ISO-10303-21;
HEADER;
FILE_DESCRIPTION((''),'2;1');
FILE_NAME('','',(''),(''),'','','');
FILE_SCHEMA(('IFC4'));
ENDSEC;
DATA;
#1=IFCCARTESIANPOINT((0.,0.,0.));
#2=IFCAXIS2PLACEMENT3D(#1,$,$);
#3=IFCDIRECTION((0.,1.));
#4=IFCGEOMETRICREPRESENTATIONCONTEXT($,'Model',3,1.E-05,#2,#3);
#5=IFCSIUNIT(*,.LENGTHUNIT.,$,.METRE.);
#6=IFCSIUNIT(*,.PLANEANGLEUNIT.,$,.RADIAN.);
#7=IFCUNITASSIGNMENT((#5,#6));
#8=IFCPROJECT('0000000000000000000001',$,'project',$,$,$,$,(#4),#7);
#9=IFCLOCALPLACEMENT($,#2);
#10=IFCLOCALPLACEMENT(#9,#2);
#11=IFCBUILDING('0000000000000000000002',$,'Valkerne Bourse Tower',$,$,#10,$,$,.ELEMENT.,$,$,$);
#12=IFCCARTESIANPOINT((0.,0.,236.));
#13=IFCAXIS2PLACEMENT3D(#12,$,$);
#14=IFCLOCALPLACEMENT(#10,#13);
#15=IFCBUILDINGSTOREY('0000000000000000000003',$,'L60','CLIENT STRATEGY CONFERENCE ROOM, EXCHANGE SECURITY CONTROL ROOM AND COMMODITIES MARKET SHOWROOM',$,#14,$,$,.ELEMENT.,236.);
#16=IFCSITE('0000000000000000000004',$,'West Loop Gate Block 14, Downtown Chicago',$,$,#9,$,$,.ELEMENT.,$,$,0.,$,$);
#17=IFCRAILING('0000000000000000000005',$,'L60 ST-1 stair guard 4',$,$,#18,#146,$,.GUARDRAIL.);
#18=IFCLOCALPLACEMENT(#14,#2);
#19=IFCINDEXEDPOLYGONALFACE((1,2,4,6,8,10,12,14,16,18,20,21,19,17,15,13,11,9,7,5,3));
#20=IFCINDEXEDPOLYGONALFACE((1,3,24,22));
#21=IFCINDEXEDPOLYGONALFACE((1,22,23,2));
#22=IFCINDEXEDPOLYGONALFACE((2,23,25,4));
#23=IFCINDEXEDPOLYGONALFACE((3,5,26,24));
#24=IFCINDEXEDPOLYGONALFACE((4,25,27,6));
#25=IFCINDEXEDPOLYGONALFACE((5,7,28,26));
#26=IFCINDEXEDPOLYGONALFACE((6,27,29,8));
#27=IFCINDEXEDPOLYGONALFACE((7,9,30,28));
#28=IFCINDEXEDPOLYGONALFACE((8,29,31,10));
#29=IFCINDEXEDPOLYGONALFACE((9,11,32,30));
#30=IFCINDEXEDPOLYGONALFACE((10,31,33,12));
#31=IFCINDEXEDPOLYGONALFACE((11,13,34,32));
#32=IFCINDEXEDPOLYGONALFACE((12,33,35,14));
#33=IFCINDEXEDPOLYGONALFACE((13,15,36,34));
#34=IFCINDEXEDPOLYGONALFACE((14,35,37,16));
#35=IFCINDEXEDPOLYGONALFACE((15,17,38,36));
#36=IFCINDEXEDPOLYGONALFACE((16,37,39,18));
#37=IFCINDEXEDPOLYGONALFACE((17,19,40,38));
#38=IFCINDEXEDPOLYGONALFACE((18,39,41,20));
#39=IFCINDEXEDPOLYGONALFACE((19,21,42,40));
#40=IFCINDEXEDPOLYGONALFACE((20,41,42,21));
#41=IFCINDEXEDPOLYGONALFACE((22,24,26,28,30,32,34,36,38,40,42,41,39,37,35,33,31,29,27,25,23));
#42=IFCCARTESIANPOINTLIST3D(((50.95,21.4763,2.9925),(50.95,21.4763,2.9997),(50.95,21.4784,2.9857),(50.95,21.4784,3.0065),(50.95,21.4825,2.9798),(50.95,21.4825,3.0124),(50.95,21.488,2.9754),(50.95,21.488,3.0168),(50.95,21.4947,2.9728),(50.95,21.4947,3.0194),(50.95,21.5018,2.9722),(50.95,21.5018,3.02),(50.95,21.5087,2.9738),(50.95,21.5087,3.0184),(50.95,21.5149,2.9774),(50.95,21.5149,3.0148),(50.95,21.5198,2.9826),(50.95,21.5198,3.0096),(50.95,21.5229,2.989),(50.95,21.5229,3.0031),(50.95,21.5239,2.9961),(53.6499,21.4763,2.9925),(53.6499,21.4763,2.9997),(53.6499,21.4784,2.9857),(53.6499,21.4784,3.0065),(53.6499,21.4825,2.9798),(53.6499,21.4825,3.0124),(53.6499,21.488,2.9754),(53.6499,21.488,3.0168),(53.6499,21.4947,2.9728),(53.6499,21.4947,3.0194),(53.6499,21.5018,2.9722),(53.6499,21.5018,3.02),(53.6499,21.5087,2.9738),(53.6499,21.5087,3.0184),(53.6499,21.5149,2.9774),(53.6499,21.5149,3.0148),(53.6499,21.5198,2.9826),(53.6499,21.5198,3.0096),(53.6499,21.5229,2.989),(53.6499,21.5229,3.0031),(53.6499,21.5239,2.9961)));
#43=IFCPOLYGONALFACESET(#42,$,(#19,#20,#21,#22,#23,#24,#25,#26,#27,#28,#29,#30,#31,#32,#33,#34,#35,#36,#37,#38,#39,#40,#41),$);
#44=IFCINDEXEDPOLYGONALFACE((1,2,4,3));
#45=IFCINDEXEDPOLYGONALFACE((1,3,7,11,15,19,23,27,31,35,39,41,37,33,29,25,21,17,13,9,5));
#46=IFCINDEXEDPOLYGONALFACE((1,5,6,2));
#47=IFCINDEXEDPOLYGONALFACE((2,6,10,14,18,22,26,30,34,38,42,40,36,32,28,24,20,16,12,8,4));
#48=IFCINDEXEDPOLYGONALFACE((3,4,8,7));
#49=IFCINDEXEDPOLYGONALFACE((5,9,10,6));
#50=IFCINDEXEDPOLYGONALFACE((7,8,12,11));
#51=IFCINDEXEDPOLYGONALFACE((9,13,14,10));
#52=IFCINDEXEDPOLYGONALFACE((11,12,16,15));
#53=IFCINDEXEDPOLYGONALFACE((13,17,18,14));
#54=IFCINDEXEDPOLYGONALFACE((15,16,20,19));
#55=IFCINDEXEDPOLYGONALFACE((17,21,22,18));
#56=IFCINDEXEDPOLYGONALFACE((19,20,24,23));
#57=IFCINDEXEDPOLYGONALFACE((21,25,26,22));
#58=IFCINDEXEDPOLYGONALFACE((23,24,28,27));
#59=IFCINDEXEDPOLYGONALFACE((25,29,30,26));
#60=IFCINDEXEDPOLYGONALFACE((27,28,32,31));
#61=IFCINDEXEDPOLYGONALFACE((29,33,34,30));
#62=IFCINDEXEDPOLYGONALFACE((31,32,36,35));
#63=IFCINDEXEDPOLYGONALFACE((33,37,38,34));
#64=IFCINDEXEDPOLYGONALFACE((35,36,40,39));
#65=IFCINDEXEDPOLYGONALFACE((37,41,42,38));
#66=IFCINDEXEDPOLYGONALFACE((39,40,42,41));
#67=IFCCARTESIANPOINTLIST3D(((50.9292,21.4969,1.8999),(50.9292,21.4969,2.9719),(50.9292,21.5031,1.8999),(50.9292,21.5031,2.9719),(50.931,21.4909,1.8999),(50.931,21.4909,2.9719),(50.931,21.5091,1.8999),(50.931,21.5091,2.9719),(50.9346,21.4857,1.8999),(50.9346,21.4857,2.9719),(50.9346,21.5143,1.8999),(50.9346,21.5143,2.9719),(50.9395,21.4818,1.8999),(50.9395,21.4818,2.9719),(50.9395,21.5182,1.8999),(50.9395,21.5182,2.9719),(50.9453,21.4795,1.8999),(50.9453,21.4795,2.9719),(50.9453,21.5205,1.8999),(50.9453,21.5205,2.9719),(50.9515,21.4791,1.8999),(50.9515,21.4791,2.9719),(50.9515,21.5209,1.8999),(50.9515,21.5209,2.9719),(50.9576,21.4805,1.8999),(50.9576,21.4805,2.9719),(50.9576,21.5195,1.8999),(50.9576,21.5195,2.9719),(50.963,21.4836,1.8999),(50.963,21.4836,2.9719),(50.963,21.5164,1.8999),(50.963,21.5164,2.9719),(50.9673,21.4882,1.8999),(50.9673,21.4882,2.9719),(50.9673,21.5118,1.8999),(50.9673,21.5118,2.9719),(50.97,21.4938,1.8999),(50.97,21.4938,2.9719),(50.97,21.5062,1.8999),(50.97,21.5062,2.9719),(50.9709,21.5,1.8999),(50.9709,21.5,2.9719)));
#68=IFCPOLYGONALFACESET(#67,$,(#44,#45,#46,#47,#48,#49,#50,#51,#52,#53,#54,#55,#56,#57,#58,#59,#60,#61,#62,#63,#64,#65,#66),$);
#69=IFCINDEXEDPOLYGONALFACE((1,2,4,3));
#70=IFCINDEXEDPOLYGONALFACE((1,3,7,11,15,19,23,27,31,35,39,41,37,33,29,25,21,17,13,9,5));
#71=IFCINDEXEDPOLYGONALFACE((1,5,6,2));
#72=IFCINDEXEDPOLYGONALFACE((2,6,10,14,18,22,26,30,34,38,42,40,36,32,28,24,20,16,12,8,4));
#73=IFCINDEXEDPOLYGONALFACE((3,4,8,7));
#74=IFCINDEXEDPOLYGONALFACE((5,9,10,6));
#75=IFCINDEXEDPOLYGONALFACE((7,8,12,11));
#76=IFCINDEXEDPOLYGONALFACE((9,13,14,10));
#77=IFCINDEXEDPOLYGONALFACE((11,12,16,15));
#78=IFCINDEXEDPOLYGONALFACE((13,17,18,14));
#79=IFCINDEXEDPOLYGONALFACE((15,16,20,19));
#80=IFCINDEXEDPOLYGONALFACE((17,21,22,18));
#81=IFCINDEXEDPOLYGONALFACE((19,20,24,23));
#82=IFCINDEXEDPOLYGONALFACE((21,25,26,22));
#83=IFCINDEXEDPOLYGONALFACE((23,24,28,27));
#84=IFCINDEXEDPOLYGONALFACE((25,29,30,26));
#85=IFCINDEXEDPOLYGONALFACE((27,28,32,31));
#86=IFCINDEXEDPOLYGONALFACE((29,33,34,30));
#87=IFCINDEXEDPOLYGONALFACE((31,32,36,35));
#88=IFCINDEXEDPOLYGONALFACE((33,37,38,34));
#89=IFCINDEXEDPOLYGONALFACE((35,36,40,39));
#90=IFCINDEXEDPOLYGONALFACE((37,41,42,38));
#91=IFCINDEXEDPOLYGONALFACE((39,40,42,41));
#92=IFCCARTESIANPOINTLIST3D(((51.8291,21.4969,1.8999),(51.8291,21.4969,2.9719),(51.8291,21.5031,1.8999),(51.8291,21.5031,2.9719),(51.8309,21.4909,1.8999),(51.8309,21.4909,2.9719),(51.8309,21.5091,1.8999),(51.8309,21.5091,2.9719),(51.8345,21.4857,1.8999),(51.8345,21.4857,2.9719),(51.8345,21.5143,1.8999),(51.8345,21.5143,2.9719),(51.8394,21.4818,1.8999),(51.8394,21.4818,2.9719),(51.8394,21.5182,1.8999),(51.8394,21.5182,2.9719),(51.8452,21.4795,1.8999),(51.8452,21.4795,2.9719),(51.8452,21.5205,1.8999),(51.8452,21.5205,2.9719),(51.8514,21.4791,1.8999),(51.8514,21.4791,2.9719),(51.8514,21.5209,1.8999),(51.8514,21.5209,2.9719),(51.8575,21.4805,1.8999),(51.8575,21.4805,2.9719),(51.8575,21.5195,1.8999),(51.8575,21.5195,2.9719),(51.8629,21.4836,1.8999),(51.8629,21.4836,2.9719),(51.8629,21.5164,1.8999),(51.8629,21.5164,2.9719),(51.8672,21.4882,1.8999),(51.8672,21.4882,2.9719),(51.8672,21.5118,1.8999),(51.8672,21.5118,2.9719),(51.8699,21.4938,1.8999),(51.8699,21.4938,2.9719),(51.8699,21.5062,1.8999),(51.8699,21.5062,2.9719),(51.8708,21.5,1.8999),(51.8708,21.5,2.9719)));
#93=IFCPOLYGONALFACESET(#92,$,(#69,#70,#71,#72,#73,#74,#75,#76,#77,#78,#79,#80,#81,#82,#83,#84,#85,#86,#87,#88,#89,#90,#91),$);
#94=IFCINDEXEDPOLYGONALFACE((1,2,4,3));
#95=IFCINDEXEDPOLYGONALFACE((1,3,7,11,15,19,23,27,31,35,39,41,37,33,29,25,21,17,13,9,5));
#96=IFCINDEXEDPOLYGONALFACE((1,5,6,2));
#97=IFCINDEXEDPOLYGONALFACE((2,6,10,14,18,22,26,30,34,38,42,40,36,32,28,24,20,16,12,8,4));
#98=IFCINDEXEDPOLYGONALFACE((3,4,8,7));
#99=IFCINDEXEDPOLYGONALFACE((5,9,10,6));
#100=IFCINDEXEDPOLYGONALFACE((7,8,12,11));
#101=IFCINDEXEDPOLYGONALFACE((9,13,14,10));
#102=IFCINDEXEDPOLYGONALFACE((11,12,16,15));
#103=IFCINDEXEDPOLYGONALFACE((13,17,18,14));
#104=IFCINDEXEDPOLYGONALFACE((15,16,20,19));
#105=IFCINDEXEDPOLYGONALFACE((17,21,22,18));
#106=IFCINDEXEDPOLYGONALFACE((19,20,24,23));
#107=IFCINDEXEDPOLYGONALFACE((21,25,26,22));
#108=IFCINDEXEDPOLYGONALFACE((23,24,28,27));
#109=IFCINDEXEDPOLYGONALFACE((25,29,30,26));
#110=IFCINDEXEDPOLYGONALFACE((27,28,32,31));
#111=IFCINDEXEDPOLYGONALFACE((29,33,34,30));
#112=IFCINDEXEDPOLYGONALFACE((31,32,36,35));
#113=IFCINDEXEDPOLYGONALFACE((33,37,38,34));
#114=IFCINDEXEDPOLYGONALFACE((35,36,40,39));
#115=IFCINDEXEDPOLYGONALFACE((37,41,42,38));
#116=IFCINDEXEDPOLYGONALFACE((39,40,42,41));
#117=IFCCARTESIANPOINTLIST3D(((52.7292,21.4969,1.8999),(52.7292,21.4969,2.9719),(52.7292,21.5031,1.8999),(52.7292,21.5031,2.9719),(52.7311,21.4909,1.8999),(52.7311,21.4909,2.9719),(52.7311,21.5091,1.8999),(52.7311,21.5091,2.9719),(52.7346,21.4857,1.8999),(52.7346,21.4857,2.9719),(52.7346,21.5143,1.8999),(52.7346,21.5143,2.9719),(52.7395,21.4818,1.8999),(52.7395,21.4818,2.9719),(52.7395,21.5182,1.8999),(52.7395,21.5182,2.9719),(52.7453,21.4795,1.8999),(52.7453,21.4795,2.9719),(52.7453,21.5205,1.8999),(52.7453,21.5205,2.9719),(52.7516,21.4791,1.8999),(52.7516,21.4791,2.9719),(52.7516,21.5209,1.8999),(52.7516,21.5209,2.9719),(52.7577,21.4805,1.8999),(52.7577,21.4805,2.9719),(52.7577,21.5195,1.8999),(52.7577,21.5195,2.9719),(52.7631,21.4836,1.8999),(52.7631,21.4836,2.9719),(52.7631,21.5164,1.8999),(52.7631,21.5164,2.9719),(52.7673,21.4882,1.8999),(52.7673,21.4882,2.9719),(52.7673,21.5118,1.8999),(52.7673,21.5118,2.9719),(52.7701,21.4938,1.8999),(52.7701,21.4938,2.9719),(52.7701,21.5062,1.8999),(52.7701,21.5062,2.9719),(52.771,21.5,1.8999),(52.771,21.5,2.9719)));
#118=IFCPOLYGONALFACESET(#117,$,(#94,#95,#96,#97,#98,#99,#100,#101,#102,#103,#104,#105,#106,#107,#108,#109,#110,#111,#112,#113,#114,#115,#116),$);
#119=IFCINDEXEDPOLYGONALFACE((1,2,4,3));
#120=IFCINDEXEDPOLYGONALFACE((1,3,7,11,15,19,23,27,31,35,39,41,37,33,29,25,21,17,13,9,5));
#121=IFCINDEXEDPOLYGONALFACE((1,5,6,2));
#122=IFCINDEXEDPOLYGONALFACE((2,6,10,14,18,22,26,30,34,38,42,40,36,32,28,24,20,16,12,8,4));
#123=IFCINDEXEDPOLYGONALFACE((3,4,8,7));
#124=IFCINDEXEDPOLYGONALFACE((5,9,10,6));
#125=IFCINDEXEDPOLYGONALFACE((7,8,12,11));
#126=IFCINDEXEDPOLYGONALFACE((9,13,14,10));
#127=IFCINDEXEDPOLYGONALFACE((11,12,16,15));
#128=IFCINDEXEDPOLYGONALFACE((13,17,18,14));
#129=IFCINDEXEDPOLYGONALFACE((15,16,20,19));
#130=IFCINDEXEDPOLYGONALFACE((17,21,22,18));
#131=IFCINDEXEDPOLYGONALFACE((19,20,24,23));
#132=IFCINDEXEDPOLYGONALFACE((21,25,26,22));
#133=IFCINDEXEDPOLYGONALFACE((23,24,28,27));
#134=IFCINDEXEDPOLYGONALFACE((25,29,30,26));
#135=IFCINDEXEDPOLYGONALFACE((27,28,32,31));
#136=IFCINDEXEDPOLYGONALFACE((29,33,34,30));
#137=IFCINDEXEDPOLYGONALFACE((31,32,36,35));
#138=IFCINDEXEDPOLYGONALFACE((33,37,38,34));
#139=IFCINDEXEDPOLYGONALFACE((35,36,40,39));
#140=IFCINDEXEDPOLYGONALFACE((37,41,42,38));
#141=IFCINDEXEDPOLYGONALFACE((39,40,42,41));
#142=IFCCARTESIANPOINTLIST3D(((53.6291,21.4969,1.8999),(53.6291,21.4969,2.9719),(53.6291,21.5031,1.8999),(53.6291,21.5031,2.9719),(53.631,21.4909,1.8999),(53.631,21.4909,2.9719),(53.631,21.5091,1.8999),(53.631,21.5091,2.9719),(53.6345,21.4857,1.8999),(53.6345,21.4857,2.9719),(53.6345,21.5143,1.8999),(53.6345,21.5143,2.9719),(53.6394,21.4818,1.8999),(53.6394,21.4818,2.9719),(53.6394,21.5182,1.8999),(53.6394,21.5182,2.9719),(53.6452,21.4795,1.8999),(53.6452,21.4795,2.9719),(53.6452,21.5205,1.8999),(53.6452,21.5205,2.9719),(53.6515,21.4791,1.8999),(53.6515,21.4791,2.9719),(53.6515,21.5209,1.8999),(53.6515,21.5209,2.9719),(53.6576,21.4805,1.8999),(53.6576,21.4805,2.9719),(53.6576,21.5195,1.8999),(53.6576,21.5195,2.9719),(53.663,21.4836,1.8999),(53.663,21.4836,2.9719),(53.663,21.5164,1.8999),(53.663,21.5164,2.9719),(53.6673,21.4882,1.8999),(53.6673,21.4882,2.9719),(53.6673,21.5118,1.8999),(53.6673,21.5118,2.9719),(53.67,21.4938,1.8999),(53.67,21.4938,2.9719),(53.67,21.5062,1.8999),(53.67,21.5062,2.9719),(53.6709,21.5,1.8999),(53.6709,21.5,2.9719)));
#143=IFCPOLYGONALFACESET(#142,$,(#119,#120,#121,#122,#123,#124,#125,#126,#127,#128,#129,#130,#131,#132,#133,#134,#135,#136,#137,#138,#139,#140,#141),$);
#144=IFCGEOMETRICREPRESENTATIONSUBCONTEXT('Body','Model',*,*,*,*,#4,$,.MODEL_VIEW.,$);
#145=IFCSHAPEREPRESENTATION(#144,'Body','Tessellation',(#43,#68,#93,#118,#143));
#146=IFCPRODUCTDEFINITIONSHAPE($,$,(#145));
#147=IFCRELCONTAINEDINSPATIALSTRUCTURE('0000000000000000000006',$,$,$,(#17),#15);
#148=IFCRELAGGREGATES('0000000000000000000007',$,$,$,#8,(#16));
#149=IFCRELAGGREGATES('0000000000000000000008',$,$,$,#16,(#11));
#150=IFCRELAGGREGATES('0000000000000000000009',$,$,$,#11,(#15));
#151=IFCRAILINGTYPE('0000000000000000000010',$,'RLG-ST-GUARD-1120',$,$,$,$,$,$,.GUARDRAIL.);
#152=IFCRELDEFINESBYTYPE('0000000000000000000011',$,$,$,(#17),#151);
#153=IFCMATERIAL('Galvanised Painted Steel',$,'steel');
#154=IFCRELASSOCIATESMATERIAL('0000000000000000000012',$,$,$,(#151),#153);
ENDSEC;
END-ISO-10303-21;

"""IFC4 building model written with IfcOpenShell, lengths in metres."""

from ifc_helpers import new_model, si_unit, direction, frame, origin, origin_2d, place, context, subcontext, project, spatial, circle, extrude, material, type_object, element, save


model = new_model("IFC4")

# Units and contexts
model_context = context("Model", 3, precision=1e-05, world=origin(), true_north=direction((0.0, 1.0)))
body_context = subcontext(model_context, "Body", "Model", "MODEL_VIEW")
ifc_project = project(units=[si_unit("LENGTHUNIT", "METRE"), si_unit("PLANEANGLEUNIT", "RADIAN")], contexts=[model_context])

# Site, building, storey
site_placement = place(None, origin())
site = spatial("IfcSite", under=ifc_project, at=site_placement, Name="West Loop Gate Block 14, Downtown Chicago", CompositionType="ELEMENT", RefElevation=0.0)
building_placement = place(site_placement, origin())
building = spatial("IfcBuilding", under=site, at=building_placement, Name="Valkerne Bourse Tower", CompositionType="ELEMENT")
storey_placement = place(building_placement, frame((0.0, 0.0, 236.0)))
storey = spatial("IfcBuildingStorey", under=building, at=storey_placement, Name="L60", Description="CLIENT STRATEGY CONFERENCE ROOM, EXCHANGE SECURITY CONTROL ROOM AND COMMODITIES MARKET SHOWROOM", CompositionType="ELEMENT", Elevation=236.0)

# Shared definitions
ifc_material_1 = material(Name="Galvanised Painted Steel", Category="steel")

# Railing
railing_type_1 = type_object("IfcRailingType", Name="RLG-ST-GUARD-1120", PredefinedType="GUARDRAIL", material=ifc_material_1)
for number, where, name in (
    (1, (50.95, 21.5, 1.8999), "L60 ST-1 stair guard 4"),
):
    element("IfcRailing", number, at=place(storey_placement, frame(where)), inside=storey, type_object=railing_type_1, Name=name, PredefinedType="GUARDRAIL", context=body_context, shape_type="SweptSolid", body=[
        extrude(circle(Radius=0.0239, at=origin_2d()), frame((0.0, 0.0, 1.0962), z_axis=(1.0, 0.0, 0.0), x_axis=(0.0, 1.0, 0.0)), (0.0, 0.0, 1.0), 2.7),
        extrude(circle(Radius=0.021, at=origin_2d()), origin(), (0.0, 0.0, 1.0), 1.072),
        extrude(circle(Radius=0.021, at=origin_2d()), frame((0.8999, 0.0, 0.0)), (0.0, 0.0, 1.0), 1.072),
        extrude(circle(Radius=0.021, at=origin_2d()), frame((1.8, 0.0, 0.0)), (0.0, 0.0, 1.0), 1.072),
        extrude(circle(Radius=0.021, at=origin_2d()), frame((2.7, 0.0, 0.0)), (0.0, 0.0, 1.0), 1.072),
    ])

save(model, "model.ifc")
